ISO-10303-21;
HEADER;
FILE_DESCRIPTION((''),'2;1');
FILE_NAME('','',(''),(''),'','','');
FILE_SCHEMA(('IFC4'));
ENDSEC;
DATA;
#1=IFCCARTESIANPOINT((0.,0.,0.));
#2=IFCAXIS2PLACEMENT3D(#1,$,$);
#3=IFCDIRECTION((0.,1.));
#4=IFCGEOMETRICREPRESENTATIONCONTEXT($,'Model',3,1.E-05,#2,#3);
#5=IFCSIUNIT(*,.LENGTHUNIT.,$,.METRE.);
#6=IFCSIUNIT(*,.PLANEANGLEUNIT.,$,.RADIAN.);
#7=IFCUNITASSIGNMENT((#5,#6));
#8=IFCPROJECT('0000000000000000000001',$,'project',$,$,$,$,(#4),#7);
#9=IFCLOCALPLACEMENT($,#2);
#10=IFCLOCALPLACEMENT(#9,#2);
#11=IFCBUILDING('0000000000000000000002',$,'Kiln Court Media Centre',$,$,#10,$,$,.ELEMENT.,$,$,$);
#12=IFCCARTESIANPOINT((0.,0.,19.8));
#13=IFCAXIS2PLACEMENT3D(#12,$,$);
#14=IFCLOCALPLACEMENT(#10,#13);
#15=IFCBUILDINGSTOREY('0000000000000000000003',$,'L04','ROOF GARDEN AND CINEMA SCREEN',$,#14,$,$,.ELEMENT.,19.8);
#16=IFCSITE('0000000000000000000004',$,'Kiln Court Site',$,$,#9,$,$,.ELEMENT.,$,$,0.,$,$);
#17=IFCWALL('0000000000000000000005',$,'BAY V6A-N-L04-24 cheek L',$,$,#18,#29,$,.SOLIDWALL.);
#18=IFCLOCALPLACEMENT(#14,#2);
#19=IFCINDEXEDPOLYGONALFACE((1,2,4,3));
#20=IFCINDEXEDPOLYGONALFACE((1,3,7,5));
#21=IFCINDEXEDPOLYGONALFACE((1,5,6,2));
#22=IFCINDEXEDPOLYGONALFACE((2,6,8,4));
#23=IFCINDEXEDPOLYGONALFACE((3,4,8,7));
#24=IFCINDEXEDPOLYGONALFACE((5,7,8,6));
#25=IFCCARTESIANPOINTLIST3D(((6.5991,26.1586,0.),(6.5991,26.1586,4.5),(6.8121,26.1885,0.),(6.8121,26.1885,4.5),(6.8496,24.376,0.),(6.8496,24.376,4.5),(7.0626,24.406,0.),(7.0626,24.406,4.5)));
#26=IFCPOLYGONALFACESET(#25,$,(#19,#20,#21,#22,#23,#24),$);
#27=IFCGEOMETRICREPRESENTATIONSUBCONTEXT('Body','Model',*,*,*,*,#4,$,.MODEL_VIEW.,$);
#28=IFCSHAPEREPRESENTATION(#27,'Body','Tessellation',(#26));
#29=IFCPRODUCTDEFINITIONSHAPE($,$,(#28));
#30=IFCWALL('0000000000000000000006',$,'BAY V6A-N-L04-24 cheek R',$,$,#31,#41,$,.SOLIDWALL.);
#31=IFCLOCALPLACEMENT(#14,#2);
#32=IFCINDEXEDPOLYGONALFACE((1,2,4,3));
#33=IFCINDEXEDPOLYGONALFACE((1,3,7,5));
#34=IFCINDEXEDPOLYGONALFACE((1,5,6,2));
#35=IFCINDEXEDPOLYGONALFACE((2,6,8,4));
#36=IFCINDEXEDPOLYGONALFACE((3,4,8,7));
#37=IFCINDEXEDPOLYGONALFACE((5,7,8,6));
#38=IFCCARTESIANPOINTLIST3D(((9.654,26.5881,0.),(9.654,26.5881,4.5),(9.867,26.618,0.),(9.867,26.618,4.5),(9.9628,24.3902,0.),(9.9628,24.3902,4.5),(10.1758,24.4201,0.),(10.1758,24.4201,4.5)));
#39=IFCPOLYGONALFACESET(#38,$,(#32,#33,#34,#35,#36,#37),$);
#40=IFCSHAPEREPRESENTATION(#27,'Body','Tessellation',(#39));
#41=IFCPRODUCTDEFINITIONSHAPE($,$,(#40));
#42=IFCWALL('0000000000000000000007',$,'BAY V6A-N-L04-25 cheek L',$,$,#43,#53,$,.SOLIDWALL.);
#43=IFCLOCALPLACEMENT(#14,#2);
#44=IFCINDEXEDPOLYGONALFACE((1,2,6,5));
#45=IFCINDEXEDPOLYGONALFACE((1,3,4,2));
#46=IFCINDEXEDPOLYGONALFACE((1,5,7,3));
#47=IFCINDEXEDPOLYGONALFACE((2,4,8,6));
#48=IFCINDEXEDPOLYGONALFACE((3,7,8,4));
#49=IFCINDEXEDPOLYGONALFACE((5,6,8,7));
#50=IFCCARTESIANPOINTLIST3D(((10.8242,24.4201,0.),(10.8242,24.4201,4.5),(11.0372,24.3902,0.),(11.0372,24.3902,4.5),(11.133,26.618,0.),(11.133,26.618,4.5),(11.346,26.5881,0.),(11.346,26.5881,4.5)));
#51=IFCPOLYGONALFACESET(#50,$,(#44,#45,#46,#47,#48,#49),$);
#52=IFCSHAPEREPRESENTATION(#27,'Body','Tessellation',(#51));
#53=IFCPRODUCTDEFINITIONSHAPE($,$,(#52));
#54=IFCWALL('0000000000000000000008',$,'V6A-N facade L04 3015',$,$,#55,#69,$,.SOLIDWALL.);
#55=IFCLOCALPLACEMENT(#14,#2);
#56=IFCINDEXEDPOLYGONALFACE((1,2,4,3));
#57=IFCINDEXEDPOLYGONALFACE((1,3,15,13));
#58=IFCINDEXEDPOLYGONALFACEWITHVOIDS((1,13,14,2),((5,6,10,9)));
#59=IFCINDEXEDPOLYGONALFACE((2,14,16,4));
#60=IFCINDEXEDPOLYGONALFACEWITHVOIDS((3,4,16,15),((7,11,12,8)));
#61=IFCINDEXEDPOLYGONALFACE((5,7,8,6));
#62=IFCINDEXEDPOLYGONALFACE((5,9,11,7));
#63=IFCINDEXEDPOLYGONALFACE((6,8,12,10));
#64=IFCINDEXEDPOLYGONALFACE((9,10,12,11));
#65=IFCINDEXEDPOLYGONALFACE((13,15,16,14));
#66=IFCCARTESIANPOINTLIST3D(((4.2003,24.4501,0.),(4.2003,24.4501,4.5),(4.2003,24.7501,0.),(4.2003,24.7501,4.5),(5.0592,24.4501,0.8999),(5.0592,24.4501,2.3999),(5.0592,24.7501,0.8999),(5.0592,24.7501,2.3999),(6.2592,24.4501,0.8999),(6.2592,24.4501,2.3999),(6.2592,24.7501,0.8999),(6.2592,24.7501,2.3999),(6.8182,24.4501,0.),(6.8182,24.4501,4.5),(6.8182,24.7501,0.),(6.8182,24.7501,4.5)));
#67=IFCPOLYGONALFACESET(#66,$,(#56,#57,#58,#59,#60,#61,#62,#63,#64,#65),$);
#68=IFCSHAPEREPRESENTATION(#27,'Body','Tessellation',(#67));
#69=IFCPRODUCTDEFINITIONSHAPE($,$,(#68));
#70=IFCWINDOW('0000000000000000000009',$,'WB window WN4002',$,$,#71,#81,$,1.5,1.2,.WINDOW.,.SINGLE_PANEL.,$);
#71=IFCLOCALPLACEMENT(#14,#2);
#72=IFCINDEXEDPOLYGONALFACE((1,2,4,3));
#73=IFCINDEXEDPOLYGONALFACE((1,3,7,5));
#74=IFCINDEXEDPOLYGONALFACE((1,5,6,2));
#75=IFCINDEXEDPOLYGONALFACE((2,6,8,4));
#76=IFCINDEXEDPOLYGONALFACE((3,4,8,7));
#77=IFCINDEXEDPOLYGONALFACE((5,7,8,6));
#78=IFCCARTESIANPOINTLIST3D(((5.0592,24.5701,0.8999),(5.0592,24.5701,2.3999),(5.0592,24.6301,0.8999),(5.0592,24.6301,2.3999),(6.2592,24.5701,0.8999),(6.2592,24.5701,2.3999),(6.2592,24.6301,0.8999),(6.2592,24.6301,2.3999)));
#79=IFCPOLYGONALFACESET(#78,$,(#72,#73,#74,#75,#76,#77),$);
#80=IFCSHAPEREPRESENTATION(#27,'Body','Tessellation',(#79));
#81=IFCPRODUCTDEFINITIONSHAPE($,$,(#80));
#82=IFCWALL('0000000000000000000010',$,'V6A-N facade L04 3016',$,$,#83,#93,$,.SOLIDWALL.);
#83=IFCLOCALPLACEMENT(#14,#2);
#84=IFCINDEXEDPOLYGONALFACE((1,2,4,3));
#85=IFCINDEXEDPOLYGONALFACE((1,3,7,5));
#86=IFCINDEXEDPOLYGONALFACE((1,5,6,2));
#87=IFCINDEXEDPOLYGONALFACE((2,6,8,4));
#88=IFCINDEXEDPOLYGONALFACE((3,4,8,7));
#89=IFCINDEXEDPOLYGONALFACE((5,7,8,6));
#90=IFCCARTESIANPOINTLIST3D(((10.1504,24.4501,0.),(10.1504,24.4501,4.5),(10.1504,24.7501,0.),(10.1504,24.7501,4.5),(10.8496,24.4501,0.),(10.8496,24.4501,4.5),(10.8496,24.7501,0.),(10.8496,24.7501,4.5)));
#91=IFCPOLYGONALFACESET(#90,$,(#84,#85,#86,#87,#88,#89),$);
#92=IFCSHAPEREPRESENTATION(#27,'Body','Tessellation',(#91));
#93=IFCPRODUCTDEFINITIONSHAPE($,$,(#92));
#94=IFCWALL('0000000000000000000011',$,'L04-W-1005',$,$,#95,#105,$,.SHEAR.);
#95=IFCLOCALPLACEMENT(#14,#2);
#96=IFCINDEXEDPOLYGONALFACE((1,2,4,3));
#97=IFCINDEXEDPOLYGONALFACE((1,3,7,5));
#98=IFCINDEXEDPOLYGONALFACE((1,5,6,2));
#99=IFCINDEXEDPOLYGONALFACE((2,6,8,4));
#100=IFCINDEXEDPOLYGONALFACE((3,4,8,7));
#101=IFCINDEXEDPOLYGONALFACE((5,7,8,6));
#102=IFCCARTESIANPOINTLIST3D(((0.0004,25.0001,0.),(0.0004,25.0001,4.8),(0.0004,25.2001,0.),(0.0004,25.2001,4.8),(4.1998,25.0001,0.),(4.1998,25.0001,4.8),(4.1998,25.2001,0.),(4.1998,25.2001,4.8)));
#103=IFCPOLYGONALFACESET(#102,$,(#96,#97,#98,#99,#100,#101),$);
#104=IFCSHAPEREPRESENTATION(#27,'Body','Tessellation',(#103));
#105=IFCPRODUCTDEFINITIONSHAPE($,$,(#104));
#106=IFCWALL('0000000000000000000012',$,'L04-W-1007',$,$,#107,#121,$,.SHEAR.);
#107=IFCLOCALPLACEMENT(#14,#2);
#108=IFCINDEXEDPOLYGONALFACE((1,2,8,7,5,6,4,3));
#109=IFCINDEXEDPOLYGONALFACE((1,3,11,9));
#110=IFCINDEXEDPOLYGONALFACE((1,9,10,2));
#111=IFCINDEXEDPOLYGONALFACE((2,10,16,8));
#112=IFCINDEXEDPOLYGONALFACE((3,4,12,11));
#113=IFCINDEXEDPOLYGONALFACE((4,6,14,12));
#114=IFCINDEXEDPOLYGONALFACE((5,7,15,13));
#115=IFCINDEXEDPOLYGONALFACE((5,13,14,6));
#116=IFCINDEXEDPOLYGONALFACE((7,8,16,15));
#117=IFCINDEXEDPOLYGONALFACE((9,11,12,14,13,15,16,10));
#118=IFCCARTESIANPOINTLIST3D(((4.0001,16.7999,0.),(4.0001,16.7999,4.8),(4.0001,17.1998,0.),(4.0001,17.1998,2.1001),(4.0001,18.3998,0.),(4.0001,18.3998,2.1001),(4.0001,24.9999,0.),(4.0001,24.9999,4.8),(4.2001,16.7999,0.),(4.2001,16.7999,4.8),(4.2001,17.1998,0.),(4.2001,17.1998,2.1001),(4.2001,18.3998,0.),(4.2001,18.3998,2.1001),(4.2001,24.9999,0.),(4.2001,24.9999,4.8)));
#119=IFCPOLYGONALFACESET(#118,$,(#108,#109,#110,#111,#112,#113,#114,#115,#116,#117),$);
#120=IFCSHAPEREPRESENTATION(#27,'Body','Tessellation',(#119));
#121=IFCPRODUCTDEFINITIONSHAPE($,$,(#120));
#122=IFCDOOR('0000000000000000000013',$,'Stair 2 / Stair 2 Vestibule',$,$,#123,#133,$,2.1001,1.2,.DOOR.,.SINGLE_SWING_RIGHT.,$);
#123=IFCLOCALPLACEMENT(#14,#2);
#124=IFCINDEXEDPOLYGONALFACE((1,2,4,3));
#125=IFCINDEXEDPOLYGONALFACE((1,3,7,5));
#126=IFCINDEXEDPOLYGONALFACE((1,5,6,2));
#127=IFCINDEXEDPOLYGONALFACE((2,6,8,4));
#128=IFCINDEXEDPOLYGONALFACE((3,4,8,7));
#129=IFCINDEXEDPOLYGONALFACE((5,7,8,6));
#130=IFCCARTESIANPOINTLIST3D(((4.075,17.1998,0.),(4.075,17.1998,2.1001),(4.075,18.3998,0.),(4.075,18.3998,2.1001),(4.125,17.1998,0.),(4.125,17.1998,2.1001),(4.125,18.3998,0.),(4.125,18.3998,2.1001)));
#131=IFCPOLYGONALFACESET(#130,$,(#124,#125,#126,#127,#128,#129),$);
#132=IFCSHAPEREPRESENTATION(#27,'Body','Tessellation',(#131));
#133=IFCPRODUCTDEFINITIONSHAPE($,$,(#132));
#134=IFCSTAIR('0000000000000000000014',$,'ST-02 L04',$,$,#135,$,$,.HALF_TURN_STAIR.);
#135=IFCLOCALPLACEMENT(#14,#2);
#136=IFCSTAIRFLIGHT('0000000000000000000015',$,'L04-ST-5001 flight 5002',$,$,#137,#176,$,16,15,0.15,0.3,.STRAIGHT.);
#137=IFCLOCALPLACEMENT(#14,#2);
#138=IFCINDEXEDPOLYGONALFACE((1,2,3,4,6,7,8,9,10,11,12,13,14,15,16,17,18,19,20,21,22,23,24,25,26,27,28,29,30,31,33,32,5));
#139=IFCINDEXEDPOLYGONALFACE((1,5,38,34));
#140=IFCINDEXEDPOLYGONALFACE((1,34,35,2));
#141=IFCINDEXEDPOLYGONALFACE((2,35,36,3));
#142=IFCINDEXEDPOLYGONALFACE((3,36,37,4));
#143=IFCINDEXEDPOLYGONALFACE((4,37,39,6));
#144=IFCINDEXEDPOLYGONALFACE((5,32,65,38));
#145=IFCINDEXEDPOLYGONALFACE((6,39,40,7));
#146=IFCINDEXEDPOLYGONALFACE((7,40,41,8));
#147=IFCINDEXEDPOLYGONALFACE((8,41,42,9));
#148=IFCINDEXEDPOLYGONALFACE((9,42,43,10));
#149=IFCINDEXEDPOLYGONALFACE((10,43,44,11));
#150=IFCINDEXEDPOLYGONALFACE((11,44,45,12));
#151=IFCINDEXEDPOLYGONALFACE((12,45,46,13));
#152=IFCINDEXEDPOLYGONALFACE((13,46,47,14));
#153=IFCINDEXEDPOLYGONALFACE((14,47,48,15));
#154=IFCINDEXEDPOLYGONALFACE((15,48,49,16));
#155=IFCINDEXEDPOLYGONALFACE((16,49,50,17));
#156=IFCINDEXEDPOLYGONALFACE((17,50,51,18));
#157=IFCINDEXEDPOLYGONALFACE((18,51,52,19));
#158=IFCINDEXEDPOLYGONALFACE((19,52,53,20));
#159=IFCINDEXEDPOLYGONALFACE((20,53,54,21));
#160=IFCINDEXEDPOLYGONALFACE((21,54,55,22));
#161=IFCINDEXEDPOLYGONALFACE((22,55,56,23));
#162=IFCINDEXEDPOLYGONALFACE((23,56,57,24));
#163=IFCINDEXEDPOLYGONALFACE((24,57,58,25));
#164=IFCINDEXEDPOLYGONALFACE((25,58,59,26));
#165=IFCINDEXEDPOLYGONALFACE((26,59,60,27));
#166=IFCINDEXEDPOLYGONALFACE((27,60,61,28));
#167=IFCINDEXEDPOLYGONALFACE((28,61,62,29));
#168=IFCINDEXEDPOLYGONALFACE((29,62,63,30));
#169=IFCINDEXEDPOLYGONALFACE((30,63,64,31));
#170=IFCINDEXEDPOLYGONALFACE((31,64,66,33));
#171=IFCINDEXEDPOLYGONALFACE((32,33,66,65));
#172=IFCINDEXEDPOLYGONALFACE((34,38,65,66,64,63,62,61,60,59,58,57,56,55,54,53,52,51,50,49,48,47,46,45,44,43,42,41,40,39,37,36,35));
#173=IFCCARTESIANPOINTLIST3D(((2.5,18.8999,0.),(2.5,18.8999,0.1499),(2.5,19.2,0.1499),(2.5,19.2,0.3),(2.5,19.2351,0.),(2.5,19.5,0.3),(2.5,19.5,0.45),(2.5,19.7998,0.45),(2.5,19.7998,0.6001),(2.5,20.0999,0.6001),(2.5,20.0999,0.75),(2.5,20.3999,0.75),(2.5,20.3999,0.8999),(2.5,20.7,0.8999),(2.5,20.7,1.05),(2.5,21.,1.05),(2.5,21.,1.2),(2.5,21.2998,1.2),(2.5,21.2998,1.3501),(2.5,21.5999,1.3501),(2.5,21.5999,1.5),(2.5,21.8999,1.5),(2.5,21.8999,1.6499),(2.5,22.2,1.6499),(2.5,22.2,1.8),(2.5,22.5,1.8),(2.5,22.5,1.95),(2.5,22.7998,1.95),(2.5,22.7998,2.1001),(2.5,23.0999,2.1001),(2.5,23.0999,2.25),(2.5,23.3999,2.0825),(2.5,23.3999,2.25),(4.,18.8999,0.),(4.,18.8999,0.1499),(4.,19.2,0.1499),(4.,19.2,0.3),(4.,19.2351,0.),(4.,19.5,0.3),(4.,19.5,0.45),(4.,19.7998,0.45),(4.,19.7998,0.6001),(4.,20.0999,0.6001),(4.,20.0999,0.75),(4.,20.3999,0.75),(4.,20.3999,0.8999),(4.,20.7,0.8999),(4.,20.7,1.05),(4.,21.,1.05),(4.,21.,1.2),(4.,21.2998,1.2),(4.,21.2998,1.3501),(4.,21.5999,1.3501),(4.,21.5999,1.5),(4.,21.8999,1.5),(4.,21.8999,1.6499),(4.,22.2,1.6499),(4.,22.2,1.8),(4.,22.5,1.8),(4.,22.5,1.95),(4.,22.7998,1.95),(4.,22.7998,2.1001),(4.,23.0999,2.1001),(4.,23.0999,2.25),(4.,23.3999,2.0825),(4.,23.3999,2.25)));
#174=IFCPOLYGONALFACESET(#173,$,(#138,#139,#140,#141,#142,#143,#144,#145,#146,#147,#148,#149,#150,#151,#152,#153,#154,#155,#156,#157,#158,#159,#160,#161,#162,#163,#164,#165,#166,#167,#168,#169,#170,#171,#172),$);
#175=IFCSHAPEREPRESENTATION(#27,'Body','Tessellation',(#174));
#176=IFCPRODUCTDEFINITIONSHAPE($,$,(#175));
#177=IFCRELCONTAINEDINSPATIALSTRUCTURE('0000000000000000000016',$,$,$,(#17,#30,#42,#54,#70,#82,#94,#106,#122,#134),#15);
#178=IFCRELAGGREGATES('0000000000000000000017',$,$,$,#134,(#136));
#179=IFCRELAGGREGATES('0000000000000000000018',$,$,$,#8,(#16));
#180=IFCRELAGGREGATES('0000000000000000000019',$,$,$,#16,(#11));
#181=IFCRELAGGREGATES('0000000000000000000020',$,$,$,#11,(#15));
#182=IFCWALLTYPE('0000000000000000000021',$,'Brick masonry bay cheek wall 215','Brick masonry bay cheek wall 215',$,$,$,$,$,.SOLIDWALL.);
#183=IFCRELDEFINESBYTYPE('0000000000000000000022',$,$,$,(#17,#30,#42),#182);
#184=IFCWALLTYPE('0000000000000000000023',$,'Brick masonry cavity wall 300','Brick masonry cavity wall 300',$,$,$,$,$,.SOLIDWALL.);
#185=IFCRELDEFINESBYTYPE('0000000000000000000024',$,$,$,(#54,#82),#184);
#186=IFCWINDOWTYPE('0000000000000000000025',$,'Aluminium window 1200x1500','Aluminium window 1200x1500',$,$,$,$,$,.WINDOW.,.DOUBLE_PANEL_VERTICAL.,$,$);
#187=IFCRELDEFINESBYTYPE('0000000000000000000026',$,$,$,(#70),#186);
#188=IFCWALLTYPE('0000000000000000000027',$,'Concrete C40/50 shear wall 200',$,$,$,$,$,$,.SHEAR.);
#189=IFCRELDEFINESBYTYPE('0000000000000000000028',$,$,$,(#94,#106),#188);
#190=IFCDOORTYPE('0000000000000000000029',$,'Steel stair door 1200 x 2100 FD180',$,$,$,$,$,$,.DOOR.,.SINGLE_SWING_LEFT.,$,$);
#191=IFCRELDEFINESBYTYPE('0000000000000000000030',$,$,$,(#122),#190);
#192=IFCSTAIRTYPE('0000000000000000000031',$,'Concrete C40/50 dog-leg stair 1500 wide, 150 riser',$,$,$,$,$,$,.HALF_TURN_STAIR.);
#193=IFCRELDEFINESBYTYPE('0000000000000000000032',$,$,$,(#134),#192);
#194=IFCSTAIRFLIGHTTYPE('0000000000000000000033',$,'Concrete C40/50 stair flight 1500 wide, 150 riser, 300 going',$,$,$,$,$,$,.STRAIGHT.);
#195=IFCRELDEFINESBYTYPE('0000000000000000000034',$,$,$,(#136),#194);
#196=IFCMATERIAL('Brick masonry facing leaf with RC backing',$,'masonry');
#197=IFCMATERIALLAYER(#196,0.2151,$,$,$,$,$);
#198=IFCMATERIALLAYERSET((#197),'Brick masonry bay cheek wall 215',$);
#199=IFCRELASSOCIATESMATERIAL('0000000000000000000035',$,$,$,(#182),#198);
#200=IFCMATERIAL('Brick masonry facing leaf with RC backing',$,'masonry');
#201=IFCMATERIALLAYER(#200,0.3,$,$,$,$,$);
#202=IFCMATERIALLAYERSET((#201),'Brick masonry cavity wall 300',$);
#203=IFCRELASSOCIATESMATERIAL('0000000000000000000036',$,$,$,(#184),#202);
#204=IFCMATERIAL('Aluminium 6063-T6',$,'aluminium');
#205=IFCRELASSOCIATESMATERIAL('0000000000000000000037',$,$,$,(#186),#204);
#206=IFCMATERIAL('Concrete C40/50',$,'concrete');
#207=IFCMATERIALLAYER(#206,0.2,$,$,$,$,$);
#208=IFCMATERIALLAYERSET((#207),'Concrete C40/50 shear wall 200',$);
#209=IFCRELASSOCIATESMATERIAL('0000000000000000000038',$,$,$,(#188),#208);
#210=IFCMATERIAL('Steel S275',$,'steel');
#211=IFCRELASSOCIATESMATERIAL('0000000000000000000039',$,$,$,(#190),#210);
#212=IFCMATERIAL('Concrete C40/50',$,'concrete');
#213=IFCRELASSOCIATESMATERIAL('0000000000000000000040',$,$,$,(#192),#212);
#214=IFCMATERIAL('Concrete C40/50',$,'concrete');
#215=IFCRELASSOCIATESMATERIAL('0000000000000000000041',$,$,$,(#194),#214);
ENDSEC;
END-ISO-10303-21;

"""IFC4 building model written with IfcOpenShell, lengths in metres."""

from ifc_helpers import new_model, si_unit, direction, frame, frame_2d, origin, place, context, subcontext, project, spatial, polyline, rectangle, outline, extrude, material, layer, layer_set, type_object, element, fill, aggregate, save


model = new_model("IFC4")

# Units and contexts
model_context = context("Model", 3, precision=1e-05, world=origin(), true_north=direction((0.0, 1.0)))
body_context = subcontext(model_context, "Body", "Model", "MODEL_VIEW")
ifc_project = project(units=[si_unit("LENGTHUNIT", "METRE"), si_unit("PLANEANGLEUNIT", "RADIAN")], contexts=[model_context])

# Site, building, storey
site_placement = place(None, origin())
site = spatial("IfcSite", under=ifc_project, at=site_placement, Name="Kiln Court Site", CompositionType="ELEMENT", RefElevation=0.0)
building_placement = place(site_placement, origin())
building = spatial("IfcBuilding", under=site, at=building_placement, Name="Kiln Court Media Centre", CompositionType="ELEMENT")
storey_placement = place(building_placement, frame((0.0, 0.0, 19.8)))
storey = spatial("IfcBuildingStorey", under=building, at=storey_placement, Name="L04", Description="ROOF GARDEN AND CINEMA SCREEN", CompositionType="ELEMENT", Elevation=19.8)

# Walls
ifc_material_1 = material(Name="Brick masonry facing leaf with RC backing", Category="masonry")
ifc_layer_1 = layer(ifc_material_1, 0.2151)
ifc_layer_set_1 = layer_set([ifc_layer_1], Name="Brick masonry bay cheek wall 215")
wall_type_1 = type_object("IfcWallType", Name="Brick masonry bay cheek wall 215", Description="Brick masonry bay cheek wall 215", PredefinedType="SOLIDWALL", material=ifc_layer_set_1)
wall_1_placement = place(storey_placement, frame((6.9561, 24.3911, 0.0), z_axis=(0.0, 0.0, 1.0), x_axis=(-0.139161, 0.99027, 0.0)))
element("IfcWall", 1, at=wall_1_placement, inside=storey, type_object=wall_type_1, Name="BAY V6A-N-L04-24 cheek L", PredefinedType="SOLIDWALL", context=body_context, shape_type="SweptSolid", body=[
    extrude(rectangle(XDim=1.8, YDim=0.2151, at=frame_2d((0.8999, 0.0))), origin(), (0.0, 0.0, 1.0), 4.5),
])
for number, where, z_axis, x_axis, name in (
    (2, (10.0693, 24.405, 0.0), (0.0, 0.0, 1.0), (-0.139142, 0.990272, 0.0), "BAY V6A-N-L04-24 cheek R"),
    (3, (10.9307, 24.405, 0.0), (0.0, 0.0, 1.0), (0.139142, 0.990272, 0.0), "BAY V6A-N-L04-25 cheek L"),
):
    element("IfcWall", number, at=place(storey_placement, frame(where, z_axis=z_axis, x_axis=x_axis)), inside=storey, type_object=wall_type_1, Name=name, PredefinedType="SOLIDWALL", context=body_context, shape_type="SweptSolid", body=[
        extrude(rectangle(XDim=2.2195, YDim=0.2151, at=frame_2d((1.1099, 0.0))), origin(), (0.0, 0.0, 1.0), 4.5),
    ])

# Wall, opening, window
ifc_material_2 = material(Name="Brick masonry facing leaf with RC backing", Category="masonry")
ifc_layer_2 = layer(ifc_material_2, 0.3)
ifc_layer_set_2 = layer_set([ifc_layer_2], Name="Brick masonry cavity wall 300")
wall_type_2 = type_object("IfcWallType", Name="Brick masonry cavity wall 300", Description="Brick masonry cavity wall 300", PredefinedType="SOLIDWALL", material=ifc_layer_set_2)
wall_2_placement = place(storey_placement, frame((4.2002, 24.6001, 0.0), z_axis=(0.0, 0.0, 1.0), x_axis=(1.0, 0.0, 0.0)))
wall_2 = element("IfcWall", 4, at=wall_2_placement, inside=storey, type_object=wall_type_2, Name="V6A-N facade L04 3015", PredefinedType="SOLIDWALL", context=body_context, shape_type="SweptSolid", body=[
    extrude(rectangle(XDim=2.6179, YDim=0.3, at=frame_2d((1.3091, 0.0))), origin(), (0.0, 0.0, 1.0), 4.5),
])
opening_1_placement = place(wall_2_placement, frame((0.8589, 0.0, 0.8999)))
opening_1 = element("IfcOpeningElement", 5, at=opening_1_placement, cuts=wall_2, PredefinedType="OPENING", context=body_context, shape_type="SweptSolid", body=[
    extrude(rectangle(XDim=1.2, YDim=1.5, at=frame_2d((0.6001, 0.75))), frame((0.0, 0.1599, 0.0), z_axis=(0.0, -1.0, 0.0), x_axis=(1.0, 0.0, 0.0)), (0.0, 0.0, 1.0), 0.3201),
])
ifc_material_3 = material(Name="Aluminium 6063-T6", Category="aluminium")
window_type = type_object("IfcWindowType", Name="Aluminium window 1200x1500", Description="Aluminium window 1200x1500", PartitioningType="DOUBLE_PANEL_VERTICAL", PredefinedType="WINDOW", material=ifc_material_3)
window_placement = place(opening_1_placement, origin())
window = element("IfcWindow", 6, at=window_placement, inside=storey, type_object=window_type, Name="WB window WN4002", OverallHeight=1.5, OverallWidth=1.2, PartitioningType="SINGLE_PANEL", PredefinedType="WINDOW", context=body_context, shape_type="SweptSolid", body=[
    extrude(rectangle(XDim=1.2, YDim=1.5, at=frame_2d((0.6001, 0.75))), frame((0.0, 0.03, 0.0), z_axis=(0.0, -1.0, 0.0), x_axis=(1.0, 0.0, 0.0)), (0.0, 0.0, 1.0), 0.0601),
])
fill(opening_1, window)

# Walls
wall_3_placement = place(storey_placement, frame((10.1504, 24.6001, 0.0), z_axis=(0.0, 0.0, 1.0), x_axis=(1.0, 0.0, 0.0)))
element("IfcWall", 7, at=wall_3_placement, inside=storey, type_object=wall_type_2, Name="V6A-N facade L04 3016", PredefinedType="SOLIDWALL", context=body_context, shape_type="SweptSolid", body=[
    extrude(rectangle(XDim=0.6992, YDim=0.3, at=frame_2d((0.3496, 0.0))), origin(), (0.0, 0.0, 1.0), 4.5),
])
ifc_material_4 = material(Name="Concrete C40/50", Category="concrete")
ifc_layer_3 = layer(ifc_material_4, 0.2)
ifc_layer_set_3 = layer_set([ifc_layer_3], Name="Concrete C40/50 shear wall 200")
wall_type_3 = type_object("IfcWallType", Name="Concrete C40/50 shear wall 200", PredefinedType="SHEAR", material=ifc_layer_set_3)
wall_4_placement = place(storey_placement, frame((0.0005, 25.1001, 0.0), z_axis=(0.0, 0.0, 1.0), x_axis=(1.0, 0.0, 0.0)))
element("IfcWall", 8, at=wall_4_placement, inside=storey, type_object=wall_type_3, Name="L04-W-1005", PredefinedType="SHEAR", context=body_context, shape_type="SweptSolid", body=[
    extrude(rectangle(XDim=4.1995, YDim=0.2, at=frame_2d((2.0996, 0.0))), origin(), (0.0, 0.0, 1.0), 4.8),
])

# Wall, opening, door
wall_5_placement = place(storey_placement, frame((4.1001, 25.0, 0.0), z_axis=(0.0, 0.0, 1.0), x_axis=(0.0, -1.0, 0.0)))
wall_5 = element("IfcWall", 9, at=wall_5_placement, inside=storey, type_object=wall_type_3, Name="L04-W-1007", PredefinedType="SHEAR", context=body_context, shape_type="SweptSolid", body=[
    extrude(rectangle(XDim=8.2, YDim=0.2, at=frame_2d((4.1001, 0.0))), origin(), (0.0, 0.0, 1.0), 4.8),
])
opening_2_placement = place(wall_5_placement, frame((6.6001, 0.0, 0.0)))
opening_2 = element("IfcOpeningElement", 10, at=opening_2_placement, cuts=wall_5, PredefinedType="OPENING", context=body_context, shape_type="SweptSolid", body=[
    extrude(rectangle(XDim=1.2, YDim=2.1001, at=frame_2d((0.6001, 1.05))), frame((0.0, 0.1099, 0.0), z_axis=(0.0, -1.0, 0.0), x_axis=(1.0, 0.0, 0.0)), (0.0, 0.0, 1.0), 0.22),
])
ifc_material_5 = material(Name="Steel S275", Category="steel")
door_type_1 = type_object("IfcDoorType", Name="Steel stair door 1200 x 2100 FD180", OperationType="SINGLE_SWING_LEFT", PredefinedType="DOOR", material=ifc_material_5)
door_1_placement = place(opening_2_placement, origin())
door_1 = element("IfcDoor", 11, at=door_1_placement, inside=storey, type_object=door_type_1, Name="Stair 2 / Stair 2 Vestibule", OperationType="SINGLE_SWING_RIGHT", OverallHeight=2.1001, OverallWidth=1.2, PredefinedType="DOOR", context=body_context, shape_type="SweptSolid", body=[
    extrude(rectangle(XDim=1.2, YDim=2.1001, at=frame_2d((0.6001, 1.05))), frame((0.0, 0.0249, 0.0), z_axis=(0.0, -1.0, 0.0), x_axis=(1.0, 0.0, 0.0)), (0.0, 0.0, 1.0), 0.05),
])
fill(opening_2, door_1)

# Stair, stair flight
ifc_material_6 = material(Name="Concrete C40/50", Category="concrete")
stair_type = type_object("IfcStairType", Name="Concrete C40/50 dog-leg stair 1500 wide, 150 riser", PredefinedType="HALF_TURN_STAIR", material=ifc_material_6)
stair_placement = place(storey_placement, origin())
stair = element("IfcStair", 12, at=stair_placement, inside=storey, type_object=stair_type, Name="ST-02 L04", PredefinedType="HALF_TURN_STAIR")
ifc_material_7 = material(Name="Concrete C40/50", Category="concrete")
stair_flight_type = type_object("IfcStairFlightType", Name="Concrete C40/50 stair flight 1500 wide, 150 riser, 300 going", PredefinedType="STRAIGHT", material=ifc_material_7)
stair_flight_1_placement = place(storey_placement, frame((3.25, 18.8999, 0.0), z_axis=(0.0, 0.0, 1.0), x_axis=(0.0, 1.0, 0.0)))
stair_flight_1 = element("IfcStairFlight", 13, at=stair_flight_1_placement, type_object=stair_flight_type, Name="L04-ST-5001 flight 5002", NumberOfRisers=16, NumberOfTreads=15, PredefinedType="STRAIGHT", RiserHeight=0.15, TreadLength=0.3, context=body_context, shape_type="SweptSolid", body=[
    extrude(outline(polyline([(0.0, 0.0), (0.0, 0.1499), (0.3, 0.1499), (0.3, 0.3), (0.6001, 0.3), (0.6001, 0.45), (0.8999, 0.45), (0.8999, 0.6001), (1.2, 0.6001), (1.2, 0.75), (1.5, 0.75), (1.5, 0.8999), (1.8, 0.8999), (1.8, 1.05), (2.1001, 1.05), (2.1001, 1.2), (2.3999, 1.2), (2.3999, 1.3501), (2.7, 1.3501), (2.7, 1.5), (3.0, 1.5), (3.0, 1.6499), (3.3, 1.6499), (3.3, 1.8), (3.6001, 1.8), (3.6001, 1.95), (3.8999, 1.95), (3.8999, 2.1001), (4.2, 2.1001), (4.2, 2.25), (4.5, 2.25), (4.5, 2.3999), (4.5, 2.0825), (0.3352, 0.0), (0.0, 0.0)])), frame((0.0, 0.75, 0.0), z_axis=(0.0, -1.0, 0.0), x_axis=(1.0, 0.0, 0.0)), (0.0, 0.0, 1.0), 1.5),
])
aggregate(stair, [stair_flight_1])

save(model, "model.ifc")
